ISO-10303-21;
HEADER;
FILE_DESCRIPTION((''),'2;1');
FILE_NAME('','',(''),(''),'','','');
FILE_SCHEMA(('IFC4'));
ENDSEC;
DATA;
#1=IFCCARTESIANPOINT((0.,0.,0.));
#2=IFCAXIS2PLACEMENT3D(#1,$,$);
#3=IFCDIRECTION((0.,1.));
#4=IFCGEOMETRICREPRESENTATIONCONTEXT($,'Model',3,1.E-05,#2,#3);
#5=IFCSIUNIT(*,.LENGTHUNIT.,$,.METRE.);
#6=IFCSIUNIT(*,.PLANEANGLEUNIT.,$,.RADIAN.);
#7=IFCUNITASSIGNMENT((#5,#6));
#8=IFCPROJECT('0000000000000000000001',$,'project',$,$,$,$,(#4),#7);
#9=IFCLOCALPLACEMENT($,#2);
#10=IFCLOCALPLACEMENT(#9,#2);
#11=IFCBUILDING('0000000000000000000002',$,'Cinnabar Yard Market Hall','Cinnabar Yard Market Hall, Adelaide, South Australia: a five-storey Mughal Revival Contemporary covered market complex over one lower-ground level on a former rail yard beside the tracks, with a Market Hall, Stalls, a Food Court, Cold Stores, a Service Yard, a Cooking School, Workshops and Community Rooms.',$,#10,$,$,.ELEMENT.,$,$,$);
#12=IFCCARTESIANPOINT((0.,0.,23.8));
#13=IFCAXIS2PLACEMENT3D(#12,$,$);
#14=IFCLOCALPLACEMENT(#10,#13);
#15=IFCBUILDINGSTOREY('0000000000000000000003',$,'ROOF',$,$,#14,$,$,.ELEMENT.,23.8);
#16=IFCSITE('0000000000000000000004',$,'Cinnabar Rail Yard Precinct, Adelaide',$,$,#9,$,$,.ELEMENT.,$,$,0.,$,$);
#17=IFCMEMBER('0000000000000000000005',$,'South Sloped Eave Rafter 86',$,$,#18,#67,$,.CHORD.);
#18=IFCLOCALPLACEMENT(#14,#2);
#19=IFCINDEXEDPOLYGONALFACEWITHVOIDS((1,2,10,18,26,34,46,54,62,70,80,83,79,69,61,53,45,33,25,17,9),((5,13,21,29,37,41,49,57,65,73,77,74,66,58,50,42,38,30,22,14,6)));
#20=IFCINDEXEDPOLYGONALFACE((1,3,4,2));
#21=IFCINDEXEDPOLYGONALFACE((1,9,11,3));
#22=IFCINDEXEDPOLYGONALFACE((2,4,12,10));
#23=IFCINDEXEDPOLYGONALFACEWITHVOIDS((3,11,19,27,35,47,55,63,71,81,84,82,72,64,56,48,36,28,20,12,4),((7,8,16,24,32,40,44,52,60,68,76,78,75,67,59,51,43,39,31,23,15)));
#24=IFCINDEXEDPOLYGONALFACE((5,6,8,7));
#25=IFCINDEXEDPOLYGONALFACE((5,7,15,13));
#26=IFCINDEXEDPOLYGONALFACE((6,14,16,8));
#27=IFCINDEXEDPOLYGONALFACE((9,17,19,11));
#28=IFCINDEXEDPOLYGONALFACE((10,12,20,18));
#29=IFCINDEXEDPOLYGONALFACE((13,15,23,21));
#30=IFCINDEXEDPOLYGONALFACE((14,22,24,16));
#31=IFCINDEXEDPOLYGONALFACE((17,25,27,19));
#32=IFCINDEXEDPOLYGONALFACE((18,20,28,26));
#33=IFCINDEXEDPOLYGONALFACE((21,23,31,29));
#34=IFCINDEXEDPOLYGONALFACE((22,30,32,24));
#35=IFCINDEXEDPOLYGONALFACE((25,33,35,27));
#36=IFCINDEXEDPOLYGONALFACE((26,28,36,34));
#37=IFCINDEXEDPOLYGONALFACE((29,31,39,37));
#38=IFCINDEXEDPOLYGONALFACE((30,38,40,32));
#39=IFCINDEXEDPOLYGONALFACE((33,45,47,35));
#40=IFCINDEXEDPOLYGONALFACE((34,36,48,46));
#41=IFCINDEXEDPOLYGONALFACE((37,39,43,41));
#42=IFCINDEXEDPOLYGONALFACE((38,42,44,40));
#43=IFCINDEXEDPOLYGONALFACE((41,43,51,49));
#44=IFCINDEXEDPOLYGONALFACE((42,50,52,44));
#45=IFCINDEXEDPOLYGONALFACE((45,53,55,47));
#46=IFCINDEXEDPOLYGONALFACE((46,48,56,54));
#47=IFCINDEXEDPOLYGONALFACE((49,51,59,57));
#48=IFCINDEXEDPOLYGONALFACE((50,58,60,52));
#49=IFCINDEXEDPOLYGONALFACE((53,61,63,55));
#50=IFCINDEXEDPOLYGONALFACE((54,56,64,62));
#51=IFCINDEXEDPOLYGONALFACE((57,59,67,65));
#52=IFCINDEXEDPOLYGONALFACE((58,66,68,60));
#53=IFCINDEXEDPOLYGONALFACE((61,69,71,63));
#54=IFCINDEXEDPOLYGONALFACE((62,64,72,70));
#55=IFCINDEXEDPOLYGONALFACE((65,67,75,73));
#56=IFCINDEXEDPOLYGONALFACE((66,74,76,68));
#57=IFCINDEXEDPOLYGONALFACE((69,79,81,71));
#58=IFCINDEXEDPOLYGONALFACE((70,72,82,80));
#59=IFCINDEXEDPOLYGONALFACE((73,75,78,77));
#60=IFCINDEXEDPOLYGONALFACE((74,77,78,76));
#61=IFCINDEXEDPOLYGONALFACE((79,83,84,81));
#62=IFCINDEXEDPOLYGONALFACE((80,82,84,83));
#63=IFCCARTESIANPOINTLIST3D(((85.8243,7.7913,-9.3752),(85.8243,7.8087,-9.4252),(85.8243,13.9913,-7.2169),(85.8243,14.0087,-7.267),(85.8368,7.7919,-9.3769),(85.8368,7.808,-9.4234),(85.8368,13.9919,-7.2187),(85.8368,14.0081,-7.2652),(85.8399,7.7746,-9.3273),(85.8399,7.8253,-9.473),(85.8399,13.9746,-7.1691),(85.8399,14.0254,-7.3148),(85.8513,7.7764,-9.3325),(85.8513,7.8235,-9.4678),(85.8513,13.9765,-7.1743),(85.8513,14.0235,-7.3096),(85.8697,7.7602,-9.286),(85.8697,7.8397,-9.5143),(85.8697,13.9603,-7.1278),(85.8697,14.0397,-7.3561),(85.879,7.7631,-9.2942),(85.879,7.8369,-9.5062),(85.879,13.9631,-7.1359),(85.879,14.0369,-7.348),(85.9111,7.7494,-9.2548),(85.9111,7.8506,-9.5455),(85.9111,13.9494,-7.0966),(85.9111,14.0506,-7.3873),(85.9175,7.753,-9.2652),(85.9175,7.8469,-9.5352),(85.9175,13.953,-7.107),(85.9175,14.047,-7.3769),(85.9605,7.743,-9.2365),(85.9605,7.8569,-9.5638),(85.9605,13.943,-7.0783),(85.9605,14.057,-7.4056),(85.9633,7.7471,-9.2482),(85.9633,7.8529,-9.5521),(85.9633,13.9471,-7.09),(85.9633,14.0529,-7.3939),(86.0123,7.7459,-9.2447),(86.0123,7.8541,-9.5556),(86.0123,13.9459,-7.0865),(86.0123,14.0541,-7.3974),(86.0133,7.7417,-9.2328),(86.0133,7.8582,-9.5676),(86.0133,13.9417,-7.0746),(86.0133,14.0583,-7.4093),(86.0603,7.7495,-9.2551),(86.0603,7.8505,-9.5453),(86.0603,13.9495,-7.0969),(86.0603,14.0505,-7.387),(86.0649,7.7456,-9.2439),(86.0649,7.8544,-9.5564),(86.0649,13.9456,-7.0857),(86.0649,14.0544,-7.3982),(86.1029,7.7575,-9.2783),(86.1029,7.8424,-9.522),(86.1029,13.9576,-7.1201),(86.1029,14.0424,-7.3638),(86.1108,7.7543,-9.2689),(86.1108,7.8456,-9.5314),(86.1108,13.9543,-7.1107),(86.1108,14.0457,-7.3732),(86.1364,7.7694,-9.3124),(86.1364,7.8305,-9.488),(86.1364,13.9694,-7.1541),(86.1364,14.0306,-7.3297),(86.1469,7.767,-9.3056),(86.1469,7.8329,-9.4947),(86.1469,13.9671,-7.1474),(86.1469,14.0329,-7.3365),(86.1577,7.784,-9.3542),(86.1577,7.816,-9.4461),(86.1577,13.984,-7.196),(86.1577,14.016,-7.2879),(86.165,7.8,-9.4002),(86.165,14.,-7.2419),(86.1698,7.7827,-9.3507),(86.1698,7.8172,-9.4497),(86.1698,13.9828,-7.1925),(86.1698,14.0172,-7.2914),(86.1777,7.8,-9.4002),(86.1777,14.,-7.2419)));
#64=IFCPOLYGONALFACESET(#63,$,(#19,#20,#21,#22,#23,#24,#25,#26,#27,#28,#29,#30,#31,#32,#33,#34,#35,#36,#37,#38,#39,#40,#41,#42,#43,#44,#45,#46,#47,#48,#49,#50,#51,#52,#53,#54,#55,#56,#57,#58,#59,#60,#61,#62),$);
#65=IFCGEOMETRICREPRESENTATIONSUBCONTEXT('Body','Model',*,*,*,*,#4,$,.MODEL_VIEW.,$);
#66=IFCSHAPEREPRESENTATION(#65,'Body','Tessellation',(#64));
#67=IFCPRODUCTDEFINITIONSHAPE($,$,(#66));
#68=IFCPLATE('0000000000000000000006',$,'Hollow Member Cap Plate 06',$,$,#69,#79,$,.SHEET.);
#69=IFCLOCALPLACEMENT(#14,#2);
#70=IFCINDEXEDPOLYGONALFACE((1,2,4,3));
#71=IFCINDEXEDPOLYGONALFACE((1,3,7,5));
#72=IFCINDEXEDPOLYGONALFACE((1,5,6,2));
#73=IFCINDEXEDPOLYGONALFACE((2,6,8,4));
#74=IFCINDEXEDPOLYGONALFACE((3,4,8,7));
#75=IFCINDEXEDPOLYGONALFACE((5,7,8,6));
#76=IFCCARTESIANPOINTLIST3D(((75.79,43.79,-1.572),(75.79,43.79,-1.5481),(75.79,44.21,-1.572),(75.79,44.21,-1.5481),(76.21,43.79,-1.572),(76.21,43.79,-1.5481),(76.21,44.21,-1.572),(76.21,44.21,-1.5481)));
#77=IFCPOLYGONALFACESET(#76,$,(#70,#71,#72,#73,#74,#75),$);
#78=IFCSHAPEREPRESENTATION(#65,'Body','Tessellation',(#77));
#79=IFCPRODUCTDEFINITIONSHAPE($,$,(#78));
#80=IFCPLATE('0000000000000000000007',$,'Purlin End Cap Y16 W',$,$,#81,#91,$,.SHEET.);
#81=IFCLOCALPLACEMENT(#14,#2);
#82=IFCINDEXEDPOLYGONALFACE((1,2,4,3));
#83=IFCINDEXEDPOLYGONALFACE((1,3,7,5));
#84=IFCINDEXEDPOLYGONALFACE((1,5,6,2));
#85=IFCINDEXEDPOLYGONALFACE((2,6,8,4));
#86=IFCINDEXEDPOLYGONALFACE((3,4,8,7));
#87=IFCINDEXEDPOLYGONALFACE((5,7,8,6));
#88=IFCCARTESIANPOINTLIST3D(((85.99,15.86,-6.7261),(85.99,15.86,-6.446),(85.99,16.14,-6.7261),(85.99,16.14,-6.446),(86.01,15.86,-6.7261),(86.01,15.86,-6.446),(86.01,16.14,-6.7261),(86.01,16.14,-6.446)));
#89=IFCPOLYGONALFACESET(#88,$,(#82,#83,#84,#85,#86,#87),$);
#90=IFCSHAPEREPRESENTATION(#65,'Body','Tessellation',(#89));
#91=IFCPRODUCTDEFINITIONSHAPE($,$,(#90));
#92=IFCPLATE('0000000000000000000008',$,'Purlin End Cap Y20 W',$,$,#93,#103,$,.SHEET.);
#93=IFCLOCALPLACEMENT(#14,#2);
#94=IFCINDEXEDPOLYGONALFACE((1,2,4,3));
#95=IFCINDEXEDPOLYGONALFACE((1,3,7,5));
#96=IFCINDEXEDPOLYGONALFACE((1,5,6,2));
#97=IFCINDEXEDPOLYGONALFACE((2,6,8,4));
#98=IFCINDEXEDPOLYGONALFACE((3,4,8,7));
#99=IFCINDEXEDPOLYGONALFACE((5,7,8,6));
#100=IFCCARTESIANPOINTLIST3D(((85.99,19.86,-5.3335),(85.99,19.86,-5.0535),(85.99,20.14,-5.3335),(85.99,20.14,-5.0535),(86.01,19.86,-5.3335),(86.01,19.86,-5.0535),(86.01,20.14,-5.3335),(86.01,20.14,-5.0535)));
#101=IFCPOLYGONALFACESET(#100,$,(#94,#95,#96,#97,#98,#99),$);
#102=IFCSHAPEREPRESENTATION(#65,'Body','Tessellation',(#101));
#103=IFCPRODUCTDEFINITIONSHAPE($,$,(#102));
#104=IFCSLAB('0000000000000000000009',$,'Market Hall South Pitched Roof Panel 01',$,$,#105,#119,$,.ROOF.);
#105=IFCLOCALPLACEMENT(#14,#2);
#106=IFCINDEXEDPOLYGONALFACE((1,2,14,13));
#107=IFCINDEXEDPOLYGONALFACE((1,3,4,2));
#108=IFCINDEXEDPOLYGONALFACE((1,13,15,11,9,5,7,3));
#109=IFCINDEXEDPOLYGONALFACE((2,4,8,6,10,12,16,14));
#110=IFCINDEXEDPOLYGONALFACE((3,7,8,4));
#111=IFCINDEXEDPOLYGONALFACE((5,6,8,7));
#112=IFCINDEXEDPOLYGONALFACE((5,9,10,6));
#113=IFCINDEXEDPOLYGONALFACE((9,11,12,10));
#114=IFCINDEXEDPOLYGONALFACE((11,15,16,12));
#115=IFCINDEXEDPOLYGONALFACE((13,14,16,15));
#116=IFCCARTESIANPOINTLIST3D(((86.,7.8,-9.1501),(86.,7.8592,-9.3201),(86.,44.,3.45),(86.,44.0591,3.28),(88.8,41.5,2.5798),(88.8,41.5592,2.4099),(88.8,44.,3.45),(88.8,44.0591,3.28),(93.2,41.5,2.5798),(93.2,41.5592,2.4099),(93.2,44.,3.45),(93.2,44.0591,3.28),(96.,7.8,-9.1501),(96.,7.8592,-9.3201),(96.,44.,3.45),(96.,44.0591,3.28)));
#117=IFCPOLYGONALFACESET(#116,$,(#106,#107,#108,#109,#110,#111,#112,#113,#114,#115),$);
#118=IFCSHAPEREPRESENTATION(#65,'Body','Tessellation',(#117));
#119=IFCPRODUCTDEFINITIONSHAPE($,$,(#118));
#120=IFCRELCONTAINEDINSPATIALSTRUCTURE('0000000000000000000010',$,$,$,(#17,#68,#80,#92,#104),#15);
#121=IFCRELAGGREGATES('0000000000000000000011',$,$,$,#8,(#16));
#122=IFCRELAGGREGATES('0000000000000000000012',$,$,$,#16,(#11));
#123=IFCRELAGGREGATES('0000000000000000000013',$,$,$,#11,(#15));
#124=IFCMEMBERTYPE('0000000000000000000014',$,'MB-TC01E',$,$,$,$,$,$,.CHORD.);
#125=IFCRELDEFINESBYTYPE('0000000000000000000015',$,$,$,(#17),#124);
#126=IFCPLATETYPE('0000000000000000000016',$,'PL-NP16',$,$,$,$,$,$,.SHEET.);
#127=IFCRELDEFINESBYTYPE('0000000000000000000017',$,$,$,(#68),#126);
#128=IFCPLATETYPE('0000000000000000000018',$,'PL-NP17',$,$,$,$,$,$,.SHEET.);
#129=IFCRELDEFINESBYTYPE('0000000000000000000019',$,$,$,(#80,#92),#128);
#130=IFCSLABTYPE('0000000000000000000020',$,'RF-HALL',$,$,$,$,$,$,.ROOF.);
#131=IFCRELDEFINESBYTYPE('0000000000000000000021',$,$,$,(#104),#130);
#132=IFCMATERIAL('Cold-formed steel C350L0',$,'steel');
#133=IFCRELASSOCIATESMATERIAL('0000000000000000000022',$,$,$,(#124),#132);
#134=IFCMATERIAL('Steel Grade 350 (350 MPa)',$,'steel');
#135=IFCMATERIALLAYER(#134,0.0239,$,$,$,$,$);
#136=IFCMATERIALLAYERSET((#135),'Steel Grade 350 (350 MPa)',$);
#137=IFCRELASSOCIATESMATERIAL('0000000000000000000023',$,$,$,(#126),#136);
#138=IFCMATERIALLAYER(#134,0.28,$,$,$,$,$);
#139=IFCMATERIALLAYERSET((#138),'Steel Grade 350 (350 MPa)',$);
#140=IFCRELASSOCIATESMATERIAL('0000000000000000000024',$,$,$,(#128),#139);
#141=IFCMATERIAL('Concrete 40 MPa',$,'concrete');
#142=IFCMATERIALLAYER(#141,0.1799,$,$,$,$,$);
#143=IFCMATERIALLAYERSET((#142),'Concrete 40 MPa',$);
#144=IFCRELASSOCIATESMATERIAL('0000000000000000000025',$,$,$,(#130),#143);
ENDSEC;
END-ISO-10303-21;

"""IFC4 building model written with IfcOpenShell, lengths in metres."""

from ifc_helpers import new_model, si_unit, direction, frame, origin, origin_2d_with_axis, place, context, subcontext, project, spatial, polyline, rectangle, hollow_circle, outline, extrude, material, layer, layer_set, material_profile, profile_set, type_object, element, save


model = new_model("IFC4")

# Units and contexts
model_context = context("Model", 3, precision=1e-05, world=origin(), true_north=direction((0.0, 1.0)))
body_context = subcontext(model_context, "Body", "Model", "MODEL_VIEW")
ifc_project = project(units=[si_unit("LENGTHUNIT", "METRE"), si_unit("PLANEANGLEUNIT", "RADIAN")], contexts=[model_context])

# Site, building, storey
site_placement = place(None, origin())
site = spatial("IfcSite", under=ifc_project, at=site_placement, Name="Cinnabar Rail Yard Precinct, Adelaide", CompositionType="ELEMENT", RefElevation=0.0)
building_placement = place(site_placement, origin())
building = spatial("IfcBuilding", under=site, at=building_placement, Name="Cinnabar Yard Market Hall", Description="Cinnabar Yard Market Hall, Adelaide, South Australia: a five-storey Mughal Revival Contemporary covered market complex over one lower-ground level on a former rail yard beside the tracks, with a Market Hall, Stalls, a Food Court, Cold Stores, a Service Yard, a Cooking School, Workshops and Community Rooms.", CompositionType="ELEMENT")
storey_placement = place(building_placement, frame((0.0, 0.0, 23.8)))
storey = spatial("IfcBuildingStorey", under=building, at=storey_placement, Name="ROOF", CompositionType="ELEMENT", Elevation=23.8)

# Shared definitions
ifc_material_1 = material(Name="Steel Grade 350 (350 MPa)", Category="steel")
ifc_material_2 = material(Name="Cold-formed steel C350L0", Category="steel")

# Member
ifc_material_profile_1 = material_profile(ifc_material_2, hollow_circle(Radius=0.1777, WallThickness=0.0127, at=origin_2d_with_axis()), Name="355.6x12.7CHS")
ifc_profile_set_1 = profile_set([ifc_material_profile_1], Name="Cold-formed steel C350L0")
member_type_1 = type_object("IfcMemberType", Name="MB-TC01E", PredefinedType="CHORD", material=ifc_profile_set_1)
member_1_placement = place(storey_placement, frame((86.0, 14.0, -7.2419), z_axis=(0.0, -0.944416, -0.328751), x_axis=(1.0, 0.0, 0.0)))
element("IfcMember", 1, at=member_1_placement, inside=storey, type_object=member_type_1, Name="South Sloped Eave Rafter 86", PredefinedType="CHORD", context=body_context, shape_type="SweptSolid", body=[
    extrude(hollow_circle(Radius=0.1777, WallThickness=0.0127, at=origin_2d_with_axis()), origin(), (0.0, 0.0, 1.0), 6.5649),
])

# Plates
ifc_layer_1 = layer(ifc_material_1, 0.0239)
ifc_layer_set_1 = layer_set([ifc_layer_1], Name="Steel Grade 350 (350 MPa)")
plate_type_1 = type_object("IfcPlateType", Name="PL-NP16", PredefinedType="SHEET", material=ifc_layer_set_1)
plate_placement = place(storey_placement, frame((76.0, 44.0, -1.572), z_axis=(0.0, 0.0, 1.0), x_axis=(1.0, 0.0, 0.0)))
element("IfcPlate", 2, at=plate_placement, inside=storey, type_object=plate_type_1, Name="Hollow Member Cap Plate 06", PredefinedType="SHEET", context=body_context, shape_type="SweptSolid", body=[
    extrude(rectangle(XDim=0.4199, YDim=0.4199, at=origin_2d_with_axis()), origin(), (0.0, 0.0, 1.0), 0.0239),
])
ifc_layer_2 = layer(ifc_material_1, 0.28)
ifc_layer_set_2 = layer_set([ifc_layer_2], Name="Steel Grade 350 (350 MPa)")
plate_type_2 = type_object("IfcPlateType", Name="PL-NP17", PredefinedType="SHEET", material=ifc_layer_set_2)
for number, where, z_axis, x_axis, name in (
    (3, (86.0, 16.0, -6.7261), (0.0, 0.0, 1.0), (1.0, 0.0, 0.0), "Purlin End Cap Y16 W"),
    (4, (86.0, 20.0, -5.3335), (0.0, 0.0, 1.0), (1.0, 0.0, 0.0), "Purlin End Cap Y20 W"),
):
    element("IfcPlate", number, at=place(storey_placement, frame(where, z_axis=z_axis, x_axis=x_axis)), inside=storey, type_object=plate_type_2, Name=name, PredefinedType="SHEET", context=body_context, shape_type="SweptSolid", body=[
        extrude(rectangle(XDim=0.02, YDim=0.28, at=origin_2d_with_axis()), origin(), (0.0, 0.0, 1.0), 0.28),
    ])

# Slab
ifc_material_3 = material(Name="Concrete 40 MPa", Category="concrete")
ifc_layer_3 = layer(ifc_material_3, 0.1799)
ifc_layer_set_3 = layer_set([ifc_layer_3], Name="Concrete 40 MPa")
slab_type = type_object("IfcSlabType", Name="RF-HALL", PredefinedType="ROOF", material=ifc_layer_set_3)
slab_placement = place(storey_placement, frame((86.0, 7.8, -9.1501), z_axis=(0.0, -0.328726, 0.944425), x_axis=(1.0, 0.0, 0.0)))
element("IfcSlab", 5, at=slab_placement, inside=storey, type_object=slab_type, Name="Market Hall South Pitched Roof Panel 01", PredefinedType="ROOF", context=body_context, shape_type="SweptSolid", body=[
    extrude(outline(polyline([(0.0, 0.0), (10.0, 0.0), (10.0, 38.3301), (7.2, 38.3301), (7.2, 35.683), (2.8, 35.683), (2.8, 38.3301), (0.0, 38.3301), (0.0, 0.0)])), origin(), (0.0, 0.0, -1.0), 0.1799),
])

save(model, "model.ifc")
